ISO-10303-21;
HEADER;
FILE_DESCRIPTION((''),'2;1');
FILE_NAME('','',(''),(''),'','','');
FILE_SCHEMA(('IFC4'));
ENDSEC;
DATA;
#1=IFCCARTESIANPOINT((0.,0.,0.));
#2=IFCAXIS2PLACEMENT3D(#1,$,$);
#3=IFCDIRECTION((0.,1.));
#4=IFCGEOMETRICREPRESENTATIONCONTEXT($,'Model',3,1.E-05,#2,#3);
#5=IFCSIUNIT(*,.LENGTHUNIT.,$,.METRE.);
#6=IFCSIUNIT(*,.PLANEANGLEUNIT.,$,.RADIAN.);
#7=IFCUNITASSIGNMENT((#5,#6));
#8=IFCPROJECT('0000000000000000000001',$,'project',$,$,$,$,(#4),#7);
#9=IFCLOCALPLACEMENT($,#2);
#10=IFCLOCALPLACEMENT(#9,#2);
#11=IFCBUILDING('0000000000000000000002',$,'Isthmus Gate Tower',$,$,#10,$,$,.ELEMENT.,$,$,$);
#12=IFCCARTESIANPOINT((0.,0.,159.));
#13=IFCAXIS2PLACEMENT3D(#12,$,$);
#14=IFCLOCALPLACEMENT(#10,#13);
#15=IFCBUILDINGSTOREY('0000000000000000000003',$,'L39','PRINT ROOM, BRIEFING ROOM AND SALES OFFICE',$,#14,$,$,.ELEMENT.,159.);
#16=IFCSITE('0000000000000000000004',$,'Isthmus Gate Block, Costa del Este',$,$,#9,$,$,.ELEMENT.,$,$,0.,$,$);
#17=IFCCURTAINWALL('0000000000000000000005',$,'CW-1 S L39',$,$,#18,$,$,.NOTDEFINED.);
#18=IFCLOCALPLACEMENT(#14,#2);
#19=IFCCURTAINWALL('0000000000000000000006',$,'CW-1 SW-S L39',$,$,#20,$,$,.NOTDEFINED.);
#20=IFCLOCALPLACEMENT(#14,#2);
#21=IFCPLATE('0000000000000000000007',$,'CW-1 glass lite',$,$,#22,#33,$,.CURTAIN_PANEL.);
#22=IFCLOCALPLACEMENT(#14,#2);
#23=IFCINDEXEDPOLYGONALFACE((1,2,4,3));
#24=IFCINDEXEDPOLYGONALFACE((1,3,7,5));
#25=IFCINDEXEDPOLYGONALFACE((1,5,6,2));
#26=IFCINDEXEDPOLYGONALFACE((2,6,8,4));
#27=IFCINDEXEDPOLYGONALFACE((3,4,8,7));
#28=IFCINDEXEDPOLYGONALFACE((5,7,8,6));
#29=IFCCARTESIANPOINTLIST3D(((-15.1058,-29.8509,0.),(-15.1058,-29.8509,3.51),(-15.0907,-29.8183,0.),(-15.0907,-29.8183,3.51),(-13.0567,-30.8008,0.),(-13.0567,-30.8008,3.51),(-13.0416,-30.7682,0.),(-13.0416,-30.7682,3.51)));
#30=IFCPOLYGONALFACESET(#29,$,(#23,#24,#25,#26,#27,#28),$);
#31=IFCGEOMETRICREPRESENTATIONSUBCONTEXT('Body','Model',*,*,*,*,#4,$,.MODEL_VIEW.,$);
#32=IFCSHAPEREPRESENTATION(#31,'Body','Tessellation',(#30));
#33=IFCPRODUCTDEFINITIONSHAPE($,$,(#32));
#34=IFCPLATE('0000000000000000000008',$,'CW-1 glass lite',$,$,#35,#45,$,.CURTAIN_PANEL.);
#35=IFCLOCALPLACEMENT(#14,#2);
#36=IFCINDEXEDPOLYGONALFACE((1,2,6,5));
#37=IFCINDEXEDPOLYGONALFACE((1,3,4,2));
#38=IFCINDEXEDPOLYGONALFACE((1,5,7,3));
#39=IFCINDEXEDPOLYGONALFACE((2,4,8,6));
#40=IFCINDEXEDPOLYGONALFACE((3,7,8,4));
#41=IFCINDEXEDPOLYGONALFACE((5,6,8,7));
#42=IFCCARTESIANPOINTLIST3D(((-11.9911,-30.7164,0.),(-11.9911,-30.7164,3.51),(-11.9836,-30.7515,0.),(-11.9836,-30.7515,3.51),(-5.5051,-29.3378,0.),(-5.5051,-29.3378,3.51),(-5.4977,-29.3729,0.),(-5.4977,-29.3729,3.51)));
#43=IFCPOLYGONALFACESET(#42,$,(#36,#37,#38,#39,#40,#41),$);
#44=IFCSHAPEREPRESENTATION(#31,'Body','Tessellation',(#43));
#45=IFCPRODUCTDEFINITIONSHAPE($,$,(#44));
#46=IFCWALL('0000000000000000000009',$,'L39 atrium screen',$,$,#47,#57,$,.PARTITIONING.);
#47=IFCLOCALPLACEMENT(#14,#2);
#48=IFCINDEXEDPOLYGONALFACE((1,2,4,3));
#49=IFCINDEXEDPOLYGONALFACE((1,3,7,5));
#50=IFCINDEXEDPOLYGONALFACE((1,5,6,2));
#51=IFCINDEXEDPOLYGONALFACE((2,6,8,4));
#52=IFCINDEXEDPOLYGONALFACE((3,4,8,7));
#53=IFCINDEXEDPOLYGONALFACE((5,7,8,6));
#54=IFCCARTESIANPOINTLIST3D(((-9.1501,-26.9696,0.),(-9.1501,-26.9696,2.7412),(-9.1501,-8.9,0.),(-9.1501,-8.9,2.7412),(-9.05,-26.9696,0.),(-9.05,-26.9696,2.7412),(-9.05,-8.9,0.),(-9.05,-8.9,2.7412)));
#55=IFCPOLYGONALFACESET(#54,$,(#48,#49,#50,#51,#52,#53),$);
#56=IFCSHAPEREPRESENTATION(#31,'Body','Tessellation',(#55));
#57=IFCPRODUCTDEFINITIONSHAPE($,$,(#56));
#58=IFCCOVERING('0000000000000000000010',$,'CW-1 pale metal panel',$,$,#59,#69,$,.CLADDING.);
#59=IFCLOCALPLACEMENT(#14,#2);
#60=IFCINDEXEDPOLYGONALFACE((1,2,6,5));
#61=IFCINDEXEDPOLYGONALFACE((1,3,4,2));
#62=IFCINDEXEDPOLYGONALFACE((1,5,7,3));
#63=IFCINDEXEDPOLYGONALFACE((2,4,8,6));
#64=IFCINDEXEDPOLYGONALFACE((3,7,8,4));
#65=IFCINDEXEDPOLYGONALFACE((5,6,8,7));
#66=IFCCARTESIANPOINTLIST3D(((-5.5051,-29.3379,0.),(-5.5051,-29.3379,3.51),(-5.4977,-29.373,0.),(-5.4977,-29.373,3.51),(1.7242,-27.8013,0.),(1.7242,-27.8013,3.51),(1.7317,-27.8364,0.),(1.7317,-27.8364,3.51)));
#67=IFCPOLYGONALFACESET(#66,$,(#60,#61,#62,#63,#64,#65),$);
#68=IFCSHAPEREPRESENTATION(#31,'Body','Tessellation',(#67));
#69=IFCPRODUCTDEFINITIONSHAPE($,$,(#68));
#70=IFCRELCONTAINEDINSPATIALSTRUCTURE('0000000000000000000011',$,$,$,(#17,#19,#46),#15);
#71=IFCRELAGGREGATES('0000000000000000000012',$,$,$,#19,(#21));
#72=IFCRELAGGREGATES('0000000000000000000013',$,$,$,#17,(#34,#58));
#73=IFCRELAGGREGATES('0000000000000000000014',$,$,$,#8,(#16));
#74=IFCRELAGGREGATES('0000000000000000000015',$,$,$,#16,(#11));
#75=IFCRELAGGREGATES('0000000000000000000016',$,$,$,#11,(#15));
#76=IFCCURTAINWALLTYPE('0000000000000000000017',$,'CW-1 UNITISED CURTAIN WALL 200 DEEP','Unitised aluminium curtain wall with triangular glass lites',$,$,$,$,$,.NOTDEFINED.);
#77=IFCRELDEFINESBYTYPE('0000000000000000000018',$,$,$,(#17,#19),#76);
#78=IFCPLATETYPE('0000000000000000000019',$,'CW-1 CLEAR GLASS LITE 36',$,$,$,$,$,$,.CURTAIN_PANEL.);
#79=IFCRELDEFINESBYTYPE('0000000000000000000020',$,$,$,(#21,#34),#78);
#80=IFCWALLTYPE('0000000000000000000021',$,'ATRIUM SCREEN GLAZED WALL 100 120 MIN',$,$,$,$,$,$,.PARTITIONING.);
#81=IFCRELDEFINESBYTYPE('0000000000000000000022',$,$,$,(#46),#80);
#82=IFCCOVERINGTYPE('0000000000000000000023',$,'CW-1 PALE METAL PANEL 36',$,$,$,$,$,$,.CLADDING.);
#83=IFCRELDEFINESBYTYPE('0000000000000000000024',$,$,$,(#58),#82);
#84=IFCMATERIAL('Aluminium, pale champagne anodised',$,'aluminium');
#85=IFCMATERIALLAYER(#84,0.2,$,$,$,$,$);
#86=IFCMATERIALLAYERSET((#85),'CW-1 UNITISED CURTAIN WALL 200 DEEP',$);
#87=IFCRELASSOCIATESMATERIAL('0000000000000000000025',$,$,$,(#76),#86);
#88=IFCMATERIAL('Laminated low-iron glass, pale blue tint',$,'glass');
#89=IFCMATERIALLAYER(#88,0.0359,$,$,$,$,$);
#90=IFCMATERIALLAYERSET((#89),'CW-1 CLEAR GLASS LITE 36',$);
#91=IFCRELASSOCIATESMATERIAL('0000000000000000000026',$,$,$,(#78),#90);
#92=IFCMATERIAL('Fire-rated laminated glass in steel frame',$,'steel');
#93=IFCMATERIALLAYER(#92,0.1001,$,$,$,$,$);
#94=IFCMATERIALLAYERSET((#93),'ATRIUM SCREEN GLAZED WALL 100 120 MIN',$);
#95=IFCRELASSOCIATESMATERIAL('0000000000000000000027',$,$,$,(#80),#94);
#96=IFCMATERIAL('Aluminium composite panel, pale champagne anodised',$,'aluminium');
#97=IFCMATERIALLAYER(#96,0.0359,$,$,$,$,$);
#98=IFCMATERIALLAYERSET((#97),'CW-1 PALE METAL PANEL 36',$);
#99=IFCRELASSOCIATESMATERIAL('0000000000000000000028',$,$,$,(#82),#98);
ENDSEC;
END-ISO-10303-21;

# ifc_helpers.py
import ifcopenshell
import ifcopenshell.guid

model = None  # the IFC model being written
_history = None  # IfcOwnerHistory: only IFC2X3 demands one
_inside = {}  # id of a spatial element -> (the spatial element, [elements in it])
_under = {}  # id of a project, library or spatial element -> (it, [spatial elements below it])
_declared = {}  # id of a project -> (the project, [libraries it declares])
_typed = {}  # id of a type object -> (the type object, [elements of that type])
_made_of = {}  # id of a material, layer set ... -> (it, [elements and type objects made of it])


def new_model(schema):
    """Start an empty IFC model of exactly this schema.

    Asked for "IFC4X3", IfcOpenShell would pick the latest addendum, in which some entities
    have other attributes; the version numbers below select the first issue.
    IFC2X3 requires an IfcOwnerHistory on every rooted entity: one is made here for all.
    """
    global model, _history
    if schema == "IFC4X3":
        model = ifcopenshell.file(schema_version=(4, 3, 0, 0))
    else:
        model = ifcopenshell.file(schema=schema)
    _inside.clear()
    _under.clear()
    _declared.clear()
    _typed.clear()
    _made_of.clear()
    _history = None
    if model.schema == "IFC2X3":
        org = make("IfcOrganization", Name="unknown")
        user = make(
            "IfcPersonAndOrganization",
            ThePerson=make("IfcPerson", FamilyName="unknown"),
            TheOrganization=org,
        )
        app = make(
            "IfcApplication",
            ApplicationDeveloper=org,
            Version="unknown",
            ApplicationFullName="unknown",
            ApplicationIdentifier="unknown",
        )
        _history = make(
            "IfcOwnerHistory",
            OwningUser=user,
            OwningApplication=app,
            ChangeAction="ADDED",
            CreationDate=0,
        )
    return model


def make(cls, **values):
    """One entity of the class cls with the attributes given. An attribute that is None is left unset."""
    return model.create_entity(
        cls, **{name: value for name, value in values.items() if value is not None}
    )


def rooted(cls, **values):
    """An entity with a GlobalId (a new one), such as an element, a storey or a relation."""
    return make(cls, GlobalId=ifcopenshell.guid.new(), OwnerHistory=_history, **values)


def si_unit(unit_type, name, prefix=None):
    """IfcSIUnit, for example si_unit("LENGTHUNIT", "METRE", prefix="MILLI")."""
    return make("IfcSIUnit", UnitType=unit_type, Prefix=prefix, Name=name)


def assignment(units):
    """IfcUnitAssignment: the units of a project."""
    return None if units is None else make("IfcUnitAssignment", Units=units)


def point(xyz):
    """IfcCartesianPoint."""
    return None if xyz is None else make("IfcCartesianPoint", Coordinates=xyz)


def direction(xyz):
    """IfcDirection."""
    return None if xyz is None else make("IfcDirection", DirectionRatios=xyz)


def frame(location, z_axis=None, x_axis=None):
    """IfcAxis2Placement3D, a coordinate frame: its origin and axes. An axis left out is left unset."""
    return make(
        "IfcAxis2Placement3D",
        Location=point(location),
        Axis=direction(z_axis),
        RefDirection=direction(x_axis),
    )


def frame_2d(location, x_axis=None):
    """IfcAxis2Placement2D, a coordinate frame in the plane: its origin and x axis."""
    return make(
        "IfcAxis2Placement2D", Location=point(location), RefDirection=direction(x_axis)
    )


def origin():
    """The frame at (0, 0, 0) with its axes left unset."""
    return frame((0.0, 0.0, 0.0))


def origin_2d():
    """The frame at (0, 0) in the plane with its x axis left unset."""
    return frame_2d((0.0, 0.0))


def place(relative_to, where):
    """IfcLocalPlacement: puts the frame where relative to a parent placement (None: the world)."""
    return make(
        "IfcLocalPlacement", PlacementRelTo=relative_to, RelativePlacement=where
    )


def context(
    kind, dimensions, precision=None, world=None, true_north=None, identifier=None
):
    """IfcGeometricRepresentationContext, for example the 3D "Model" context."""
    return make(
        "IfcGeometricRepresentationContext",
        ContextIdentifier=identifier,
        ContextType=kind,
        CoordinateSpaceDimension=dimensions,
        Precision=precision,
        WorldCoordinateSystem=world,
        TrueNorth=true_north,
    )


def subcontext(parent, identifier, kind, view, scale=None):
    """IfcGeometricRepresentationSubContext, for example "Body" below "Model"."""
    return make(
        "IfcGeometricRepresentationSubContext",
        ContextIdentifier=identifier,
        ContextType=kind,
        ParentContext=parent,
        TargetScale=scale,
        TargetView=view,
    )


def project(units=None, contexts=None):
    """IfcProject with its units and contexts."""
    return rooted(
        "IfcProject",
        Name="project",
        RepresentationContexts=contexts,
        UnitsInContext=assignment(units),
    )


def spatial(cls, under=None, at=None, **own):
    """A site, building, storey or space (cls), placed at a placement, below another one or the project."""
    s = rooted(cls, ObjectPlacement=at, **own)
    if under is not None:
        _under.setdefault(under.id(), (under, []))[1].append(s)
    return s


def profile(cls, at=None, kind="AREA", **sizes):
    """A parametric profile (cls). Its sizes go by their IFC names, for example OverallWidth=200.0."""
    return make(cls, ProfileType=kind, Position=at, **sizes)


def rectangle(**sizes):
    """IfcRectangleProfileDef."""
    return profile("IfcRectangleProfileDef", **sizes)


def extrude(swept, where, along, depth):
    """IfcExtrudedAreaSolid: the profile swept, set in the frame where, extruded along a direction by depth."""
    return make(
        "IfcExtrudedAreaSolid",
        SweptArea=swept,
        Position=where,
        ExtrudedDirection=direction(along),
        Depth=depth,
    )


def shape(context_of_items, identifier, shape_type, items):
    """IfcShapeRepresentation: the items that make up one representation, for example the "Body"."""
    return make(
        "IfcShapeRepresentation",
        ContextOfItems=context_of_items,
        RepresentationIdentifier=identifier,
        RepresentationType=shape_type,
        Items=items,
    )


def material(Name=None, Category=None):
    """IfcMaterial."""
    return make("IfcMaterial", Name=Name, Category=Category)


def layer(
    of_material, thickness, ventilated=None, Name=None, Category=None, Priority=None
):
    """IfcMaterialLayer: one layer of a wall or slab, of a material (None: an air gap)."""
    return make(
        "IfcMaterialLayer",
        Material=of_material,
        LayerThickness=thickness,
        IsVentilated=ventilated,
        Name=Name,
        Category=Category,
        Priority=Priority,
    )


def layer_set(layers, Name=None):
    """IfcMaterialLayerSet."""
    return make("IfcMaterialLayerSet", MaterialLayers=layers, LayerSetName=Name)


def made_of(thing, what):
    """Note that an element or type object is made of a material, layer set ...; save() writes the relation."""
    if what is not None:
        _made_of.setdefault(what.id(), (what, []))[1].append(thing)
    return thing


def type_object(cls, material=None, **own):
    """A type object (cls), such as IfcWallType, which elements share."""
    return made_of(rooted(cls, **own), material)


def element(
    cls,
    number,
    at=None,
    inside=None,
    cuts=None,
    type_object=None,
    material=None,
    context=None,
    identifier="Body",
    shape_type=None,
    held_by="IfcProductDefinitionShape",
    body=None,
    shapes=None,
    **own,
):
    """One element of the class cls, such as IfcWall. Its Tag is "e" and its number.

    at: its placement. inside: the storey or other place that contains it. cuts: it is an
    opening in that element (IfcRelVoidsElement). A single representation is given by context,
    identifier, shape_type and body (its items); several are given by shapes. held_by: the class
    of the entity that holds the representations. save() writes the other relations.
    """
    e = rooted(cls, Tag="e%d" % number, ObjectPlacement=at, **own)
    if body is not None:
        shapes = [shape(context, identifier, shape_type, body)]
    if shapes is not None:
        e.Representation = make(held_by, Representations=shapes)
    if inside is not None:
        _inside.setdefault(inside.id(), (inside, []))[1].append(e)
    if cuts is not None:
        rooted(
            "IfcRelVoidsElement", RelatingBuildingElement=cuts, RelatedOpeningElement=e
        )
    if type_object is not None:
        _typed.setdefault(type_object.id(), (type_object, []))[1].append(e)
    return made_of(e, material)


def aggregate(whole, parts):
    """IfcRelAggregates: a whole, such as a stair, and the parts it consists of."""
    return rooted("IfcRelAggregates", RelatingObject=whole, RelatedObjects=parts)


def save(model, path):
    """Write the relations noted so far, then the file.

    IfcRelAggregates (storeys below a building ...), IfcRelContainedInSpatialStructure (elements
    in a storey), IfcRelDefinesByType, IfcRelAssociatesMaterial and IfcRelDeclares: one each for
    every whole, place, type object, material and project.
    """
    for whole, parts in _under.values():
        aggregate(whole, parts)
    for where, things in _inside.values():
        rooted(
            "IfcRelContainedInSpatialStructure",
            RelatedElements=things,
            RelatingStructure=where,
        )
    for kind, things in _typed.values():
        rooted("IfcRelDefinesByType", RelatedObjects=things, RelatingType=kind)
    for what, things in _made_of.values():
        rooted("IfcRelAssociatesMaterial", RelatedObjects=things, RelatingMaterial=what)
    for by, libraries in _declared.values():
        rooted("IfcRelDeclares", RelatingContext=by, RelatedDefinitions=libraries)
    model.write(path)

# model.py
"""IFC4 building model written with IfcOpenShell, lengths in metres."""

from ifc_helpers import new_model, si_unit, direction, frame, frame_2d, origin, origin_2d, place, context, subcontext, project, spatial, rectangle, extrude, material, layer, layer_set, type_object, element, aggregate, save


model = new_model("IFC4")

# Units and contexts
model_context = context("Model", 3, precision=1e-05, world=origin(), true_north=direction((0.0, 1.0)))
body_context = subcontext(model_context, "Body", "Model", "MODEL_VIEW")
ifc_project = project(units=[si_unit("LENGTHUNIT", "METRE"), si_unit("PLANEANGLEUNIT", "RADIAN")], contexts=[model_context])

# Site, building, storey
site_placement = place(None, origin())
site = spatial("IfcSite", under=ifc_project, at=site_placement, Name="Isthmus Gate Block, Costa del Este", CompositionType="ELEMENT", RefElevation=0.0)
building_placement = place(site_placement, origin())
building = spatial("IfcBuilding", under=site, at=building_placement, Name="Isthmus Gate Tower", CompositionType="ELEMENT")
storey_placement = place(building_placement, frame((0.0, 0.0, 159.0)))
storey = spatial("IfcBuildingStorey", under=building, at=storey_placement, Name="L39", Description="PRINT ROOM, BRIEFING ROOM AND SALES OFFICE", CompositionType="ELEMENT", Elevation=159.0)

# Curtain wall
ifc_material_1 = material(Name="Aluminium, pale champagne anodised", Category="aluminium")
ifc_layer_1 = layer(ifc_material_1, 0.2)
ifc_layer_set_1 = layer_set([ifc_layer_1], Name="CW-1 UNITISED CURTAIN WALL 200 DEEP")
curtain_wall_type = type_object("IfcCurtainWallType", Name="CW-1 UNITISED CURTAIN WALL 200 DEEP", Description="Unitised aluminium curtain wall with triangular glass lites", PredefinedType="NOTDEFINED", material=ifc_layer_set_1)
curtain_wall_1_placement = place(storey_placement, origin())
curtain_wall_1 = element("IfcCurtainWall", 1, at=curtain_wall_1_placement, inside=storey, type_object=curtain_wall_type, Name="CW-1 S L39", PredefinedType="NOTDEFINED")

# Curtain wall, plate
curtain_wall_2_placement = place(storey_placement, origin())
curtain_wall_2 = element("IfcCurtainWall", 2, at=curtain_wall_2_placement, inside=storey, type_object=curtain_wall_type, Name="CW-1 SW-S L39", PredefinedType="NOTDEFINED")
ifc_material_2 = material(Name="Laminated low-iron glass, pale blue tint", Category="glass")
ifc_layer_2 = layer(ifc_material_2, 0.0359)
ifc_layer_set_2 = layer_set([ifc_layer_2], Name="CW-1 CLEAR GLASS LITE 36")
plate_type = type_object("IfcPlateType", Name="CW-1 CLEAR GLASS LITE 36", PredefinedType="CURTAIN_PANEL", material=ifc_layer_set_2)
plate_1_placement = place(storey_placement, frame((-14.0737, -30.3096, 0.0), z_axis=(0.0, 0.0, 1.0), x_axis=(0.907256, -0.420578, 0.0)))
plate_1 = element("IfcPlate", 3, at=plate_1_placement, type_object=plate_type, Name="CW-1 glass lite", PredefinedType="CURTAIN_PANEL", context=body_context, shape_type="SweptSolid", body=[
    extrude(rectangle(XDim=2.2585, YDim=0.0359, at=origin_2d()), origin(), (0.0, 0.0, 1.0), 3.51),
])
aggregate(curtain_wall_2, [plate_1])

# Plate
plate_2_placement = place(storey_placement, frame((-8.7444, -30.0447, 0.0), z_axis=(0.0, 0.0, 1.0), x_axis=(0.978148, 0.207912, 0.0)))
plate_2 = element("IfcPlate", 4, at=plate_2_placement, type_object=plate_type, Name="CW-1 glass lite", PredefinedType="CURTAIN_PANEL", context=body_context, shape_type="SweptSolid", body=[
    extrude(rectangle(XDim=6.6309, YDim=0.0359, at=origin_2d()), origin(), (0.0, 0.0, 1.0), 3.51),
])

# Wall
ifc_material_3 = material(Name="Fire-rated laminated glass in steel frame", Category="steel")
ifc_layer_3 = layer(ifc_material_3, 0.1001)
ifc_layer_set_3 = layer_set([ifc_layer_3], Name="ATRIUM SCREEN GLAZED WALL 100 120 MIN")
wall_type = type_object("IfcWallType", Name="ATRIUM SCREEN GLAZED WALL 100 120 MIN", PredefinedType="PARTITIONING", material=ifc_layer_set_3)
wall_placement = place(storey_placement, frame((-9.1001, -26.9695, 0.0), z_axis=(0.0, 0.0, 1.0), x_axis=(0.0, 1.0, 0.0)))
element("IfcWall", 5, at=wall_placement, inside=storey, type_object=wall_type, Name="L39 atrium screen", PredefinedType="PARTITIONING", context=body_context, shape_type="SweptSolid", body=[
    extrude(rectangle(XDim=18.0696, YDim=0.1001, at=frame_2d((9.0347, 0.0))), origin(), (0.0, 0.0, 1.0), 2.7412),
])

# Covering
ifc_material_4 = material(Name="Aluminium composite panel, pale champagne anodised", Category="aluminium")
ifc_layer_4 = layer(ifc_material_4, 0.0359)
ifc_layer_set_4 = layer_set([ifc_layer_4], Name="CW-1 PALE METAL PANEL 36")
covering_type = type_object("IfcCoveringType", Name="CW-1 PALE METAL PANEL 36", PredefinedType="CLADDING", material=ifc_layer_set_4)
covering_placement = place(storey_placement, frame((-1.8867, -28.5872, 0.0), z_axis=(0.0, 0.0, 1.0), x_axis=(0.978148, 0.207912, 0.0)))
covering = element("IfcCovering", 6, at=covering_placement, type_object=covering_type, Name="CW-1 pale metal panel", PredefinedType="CLADDING", context=body_context, shape_type="SweptSolid", body=[
    extrude(rectangle(XDim=7.3909, YDim=0.0359, at=origin_2d()), origin(), (0.0, 0.0, 1.0), 3.51),
])
aggregate(curtain_wall_1, [plate_2, covering])

save(model, "model.ifc")
